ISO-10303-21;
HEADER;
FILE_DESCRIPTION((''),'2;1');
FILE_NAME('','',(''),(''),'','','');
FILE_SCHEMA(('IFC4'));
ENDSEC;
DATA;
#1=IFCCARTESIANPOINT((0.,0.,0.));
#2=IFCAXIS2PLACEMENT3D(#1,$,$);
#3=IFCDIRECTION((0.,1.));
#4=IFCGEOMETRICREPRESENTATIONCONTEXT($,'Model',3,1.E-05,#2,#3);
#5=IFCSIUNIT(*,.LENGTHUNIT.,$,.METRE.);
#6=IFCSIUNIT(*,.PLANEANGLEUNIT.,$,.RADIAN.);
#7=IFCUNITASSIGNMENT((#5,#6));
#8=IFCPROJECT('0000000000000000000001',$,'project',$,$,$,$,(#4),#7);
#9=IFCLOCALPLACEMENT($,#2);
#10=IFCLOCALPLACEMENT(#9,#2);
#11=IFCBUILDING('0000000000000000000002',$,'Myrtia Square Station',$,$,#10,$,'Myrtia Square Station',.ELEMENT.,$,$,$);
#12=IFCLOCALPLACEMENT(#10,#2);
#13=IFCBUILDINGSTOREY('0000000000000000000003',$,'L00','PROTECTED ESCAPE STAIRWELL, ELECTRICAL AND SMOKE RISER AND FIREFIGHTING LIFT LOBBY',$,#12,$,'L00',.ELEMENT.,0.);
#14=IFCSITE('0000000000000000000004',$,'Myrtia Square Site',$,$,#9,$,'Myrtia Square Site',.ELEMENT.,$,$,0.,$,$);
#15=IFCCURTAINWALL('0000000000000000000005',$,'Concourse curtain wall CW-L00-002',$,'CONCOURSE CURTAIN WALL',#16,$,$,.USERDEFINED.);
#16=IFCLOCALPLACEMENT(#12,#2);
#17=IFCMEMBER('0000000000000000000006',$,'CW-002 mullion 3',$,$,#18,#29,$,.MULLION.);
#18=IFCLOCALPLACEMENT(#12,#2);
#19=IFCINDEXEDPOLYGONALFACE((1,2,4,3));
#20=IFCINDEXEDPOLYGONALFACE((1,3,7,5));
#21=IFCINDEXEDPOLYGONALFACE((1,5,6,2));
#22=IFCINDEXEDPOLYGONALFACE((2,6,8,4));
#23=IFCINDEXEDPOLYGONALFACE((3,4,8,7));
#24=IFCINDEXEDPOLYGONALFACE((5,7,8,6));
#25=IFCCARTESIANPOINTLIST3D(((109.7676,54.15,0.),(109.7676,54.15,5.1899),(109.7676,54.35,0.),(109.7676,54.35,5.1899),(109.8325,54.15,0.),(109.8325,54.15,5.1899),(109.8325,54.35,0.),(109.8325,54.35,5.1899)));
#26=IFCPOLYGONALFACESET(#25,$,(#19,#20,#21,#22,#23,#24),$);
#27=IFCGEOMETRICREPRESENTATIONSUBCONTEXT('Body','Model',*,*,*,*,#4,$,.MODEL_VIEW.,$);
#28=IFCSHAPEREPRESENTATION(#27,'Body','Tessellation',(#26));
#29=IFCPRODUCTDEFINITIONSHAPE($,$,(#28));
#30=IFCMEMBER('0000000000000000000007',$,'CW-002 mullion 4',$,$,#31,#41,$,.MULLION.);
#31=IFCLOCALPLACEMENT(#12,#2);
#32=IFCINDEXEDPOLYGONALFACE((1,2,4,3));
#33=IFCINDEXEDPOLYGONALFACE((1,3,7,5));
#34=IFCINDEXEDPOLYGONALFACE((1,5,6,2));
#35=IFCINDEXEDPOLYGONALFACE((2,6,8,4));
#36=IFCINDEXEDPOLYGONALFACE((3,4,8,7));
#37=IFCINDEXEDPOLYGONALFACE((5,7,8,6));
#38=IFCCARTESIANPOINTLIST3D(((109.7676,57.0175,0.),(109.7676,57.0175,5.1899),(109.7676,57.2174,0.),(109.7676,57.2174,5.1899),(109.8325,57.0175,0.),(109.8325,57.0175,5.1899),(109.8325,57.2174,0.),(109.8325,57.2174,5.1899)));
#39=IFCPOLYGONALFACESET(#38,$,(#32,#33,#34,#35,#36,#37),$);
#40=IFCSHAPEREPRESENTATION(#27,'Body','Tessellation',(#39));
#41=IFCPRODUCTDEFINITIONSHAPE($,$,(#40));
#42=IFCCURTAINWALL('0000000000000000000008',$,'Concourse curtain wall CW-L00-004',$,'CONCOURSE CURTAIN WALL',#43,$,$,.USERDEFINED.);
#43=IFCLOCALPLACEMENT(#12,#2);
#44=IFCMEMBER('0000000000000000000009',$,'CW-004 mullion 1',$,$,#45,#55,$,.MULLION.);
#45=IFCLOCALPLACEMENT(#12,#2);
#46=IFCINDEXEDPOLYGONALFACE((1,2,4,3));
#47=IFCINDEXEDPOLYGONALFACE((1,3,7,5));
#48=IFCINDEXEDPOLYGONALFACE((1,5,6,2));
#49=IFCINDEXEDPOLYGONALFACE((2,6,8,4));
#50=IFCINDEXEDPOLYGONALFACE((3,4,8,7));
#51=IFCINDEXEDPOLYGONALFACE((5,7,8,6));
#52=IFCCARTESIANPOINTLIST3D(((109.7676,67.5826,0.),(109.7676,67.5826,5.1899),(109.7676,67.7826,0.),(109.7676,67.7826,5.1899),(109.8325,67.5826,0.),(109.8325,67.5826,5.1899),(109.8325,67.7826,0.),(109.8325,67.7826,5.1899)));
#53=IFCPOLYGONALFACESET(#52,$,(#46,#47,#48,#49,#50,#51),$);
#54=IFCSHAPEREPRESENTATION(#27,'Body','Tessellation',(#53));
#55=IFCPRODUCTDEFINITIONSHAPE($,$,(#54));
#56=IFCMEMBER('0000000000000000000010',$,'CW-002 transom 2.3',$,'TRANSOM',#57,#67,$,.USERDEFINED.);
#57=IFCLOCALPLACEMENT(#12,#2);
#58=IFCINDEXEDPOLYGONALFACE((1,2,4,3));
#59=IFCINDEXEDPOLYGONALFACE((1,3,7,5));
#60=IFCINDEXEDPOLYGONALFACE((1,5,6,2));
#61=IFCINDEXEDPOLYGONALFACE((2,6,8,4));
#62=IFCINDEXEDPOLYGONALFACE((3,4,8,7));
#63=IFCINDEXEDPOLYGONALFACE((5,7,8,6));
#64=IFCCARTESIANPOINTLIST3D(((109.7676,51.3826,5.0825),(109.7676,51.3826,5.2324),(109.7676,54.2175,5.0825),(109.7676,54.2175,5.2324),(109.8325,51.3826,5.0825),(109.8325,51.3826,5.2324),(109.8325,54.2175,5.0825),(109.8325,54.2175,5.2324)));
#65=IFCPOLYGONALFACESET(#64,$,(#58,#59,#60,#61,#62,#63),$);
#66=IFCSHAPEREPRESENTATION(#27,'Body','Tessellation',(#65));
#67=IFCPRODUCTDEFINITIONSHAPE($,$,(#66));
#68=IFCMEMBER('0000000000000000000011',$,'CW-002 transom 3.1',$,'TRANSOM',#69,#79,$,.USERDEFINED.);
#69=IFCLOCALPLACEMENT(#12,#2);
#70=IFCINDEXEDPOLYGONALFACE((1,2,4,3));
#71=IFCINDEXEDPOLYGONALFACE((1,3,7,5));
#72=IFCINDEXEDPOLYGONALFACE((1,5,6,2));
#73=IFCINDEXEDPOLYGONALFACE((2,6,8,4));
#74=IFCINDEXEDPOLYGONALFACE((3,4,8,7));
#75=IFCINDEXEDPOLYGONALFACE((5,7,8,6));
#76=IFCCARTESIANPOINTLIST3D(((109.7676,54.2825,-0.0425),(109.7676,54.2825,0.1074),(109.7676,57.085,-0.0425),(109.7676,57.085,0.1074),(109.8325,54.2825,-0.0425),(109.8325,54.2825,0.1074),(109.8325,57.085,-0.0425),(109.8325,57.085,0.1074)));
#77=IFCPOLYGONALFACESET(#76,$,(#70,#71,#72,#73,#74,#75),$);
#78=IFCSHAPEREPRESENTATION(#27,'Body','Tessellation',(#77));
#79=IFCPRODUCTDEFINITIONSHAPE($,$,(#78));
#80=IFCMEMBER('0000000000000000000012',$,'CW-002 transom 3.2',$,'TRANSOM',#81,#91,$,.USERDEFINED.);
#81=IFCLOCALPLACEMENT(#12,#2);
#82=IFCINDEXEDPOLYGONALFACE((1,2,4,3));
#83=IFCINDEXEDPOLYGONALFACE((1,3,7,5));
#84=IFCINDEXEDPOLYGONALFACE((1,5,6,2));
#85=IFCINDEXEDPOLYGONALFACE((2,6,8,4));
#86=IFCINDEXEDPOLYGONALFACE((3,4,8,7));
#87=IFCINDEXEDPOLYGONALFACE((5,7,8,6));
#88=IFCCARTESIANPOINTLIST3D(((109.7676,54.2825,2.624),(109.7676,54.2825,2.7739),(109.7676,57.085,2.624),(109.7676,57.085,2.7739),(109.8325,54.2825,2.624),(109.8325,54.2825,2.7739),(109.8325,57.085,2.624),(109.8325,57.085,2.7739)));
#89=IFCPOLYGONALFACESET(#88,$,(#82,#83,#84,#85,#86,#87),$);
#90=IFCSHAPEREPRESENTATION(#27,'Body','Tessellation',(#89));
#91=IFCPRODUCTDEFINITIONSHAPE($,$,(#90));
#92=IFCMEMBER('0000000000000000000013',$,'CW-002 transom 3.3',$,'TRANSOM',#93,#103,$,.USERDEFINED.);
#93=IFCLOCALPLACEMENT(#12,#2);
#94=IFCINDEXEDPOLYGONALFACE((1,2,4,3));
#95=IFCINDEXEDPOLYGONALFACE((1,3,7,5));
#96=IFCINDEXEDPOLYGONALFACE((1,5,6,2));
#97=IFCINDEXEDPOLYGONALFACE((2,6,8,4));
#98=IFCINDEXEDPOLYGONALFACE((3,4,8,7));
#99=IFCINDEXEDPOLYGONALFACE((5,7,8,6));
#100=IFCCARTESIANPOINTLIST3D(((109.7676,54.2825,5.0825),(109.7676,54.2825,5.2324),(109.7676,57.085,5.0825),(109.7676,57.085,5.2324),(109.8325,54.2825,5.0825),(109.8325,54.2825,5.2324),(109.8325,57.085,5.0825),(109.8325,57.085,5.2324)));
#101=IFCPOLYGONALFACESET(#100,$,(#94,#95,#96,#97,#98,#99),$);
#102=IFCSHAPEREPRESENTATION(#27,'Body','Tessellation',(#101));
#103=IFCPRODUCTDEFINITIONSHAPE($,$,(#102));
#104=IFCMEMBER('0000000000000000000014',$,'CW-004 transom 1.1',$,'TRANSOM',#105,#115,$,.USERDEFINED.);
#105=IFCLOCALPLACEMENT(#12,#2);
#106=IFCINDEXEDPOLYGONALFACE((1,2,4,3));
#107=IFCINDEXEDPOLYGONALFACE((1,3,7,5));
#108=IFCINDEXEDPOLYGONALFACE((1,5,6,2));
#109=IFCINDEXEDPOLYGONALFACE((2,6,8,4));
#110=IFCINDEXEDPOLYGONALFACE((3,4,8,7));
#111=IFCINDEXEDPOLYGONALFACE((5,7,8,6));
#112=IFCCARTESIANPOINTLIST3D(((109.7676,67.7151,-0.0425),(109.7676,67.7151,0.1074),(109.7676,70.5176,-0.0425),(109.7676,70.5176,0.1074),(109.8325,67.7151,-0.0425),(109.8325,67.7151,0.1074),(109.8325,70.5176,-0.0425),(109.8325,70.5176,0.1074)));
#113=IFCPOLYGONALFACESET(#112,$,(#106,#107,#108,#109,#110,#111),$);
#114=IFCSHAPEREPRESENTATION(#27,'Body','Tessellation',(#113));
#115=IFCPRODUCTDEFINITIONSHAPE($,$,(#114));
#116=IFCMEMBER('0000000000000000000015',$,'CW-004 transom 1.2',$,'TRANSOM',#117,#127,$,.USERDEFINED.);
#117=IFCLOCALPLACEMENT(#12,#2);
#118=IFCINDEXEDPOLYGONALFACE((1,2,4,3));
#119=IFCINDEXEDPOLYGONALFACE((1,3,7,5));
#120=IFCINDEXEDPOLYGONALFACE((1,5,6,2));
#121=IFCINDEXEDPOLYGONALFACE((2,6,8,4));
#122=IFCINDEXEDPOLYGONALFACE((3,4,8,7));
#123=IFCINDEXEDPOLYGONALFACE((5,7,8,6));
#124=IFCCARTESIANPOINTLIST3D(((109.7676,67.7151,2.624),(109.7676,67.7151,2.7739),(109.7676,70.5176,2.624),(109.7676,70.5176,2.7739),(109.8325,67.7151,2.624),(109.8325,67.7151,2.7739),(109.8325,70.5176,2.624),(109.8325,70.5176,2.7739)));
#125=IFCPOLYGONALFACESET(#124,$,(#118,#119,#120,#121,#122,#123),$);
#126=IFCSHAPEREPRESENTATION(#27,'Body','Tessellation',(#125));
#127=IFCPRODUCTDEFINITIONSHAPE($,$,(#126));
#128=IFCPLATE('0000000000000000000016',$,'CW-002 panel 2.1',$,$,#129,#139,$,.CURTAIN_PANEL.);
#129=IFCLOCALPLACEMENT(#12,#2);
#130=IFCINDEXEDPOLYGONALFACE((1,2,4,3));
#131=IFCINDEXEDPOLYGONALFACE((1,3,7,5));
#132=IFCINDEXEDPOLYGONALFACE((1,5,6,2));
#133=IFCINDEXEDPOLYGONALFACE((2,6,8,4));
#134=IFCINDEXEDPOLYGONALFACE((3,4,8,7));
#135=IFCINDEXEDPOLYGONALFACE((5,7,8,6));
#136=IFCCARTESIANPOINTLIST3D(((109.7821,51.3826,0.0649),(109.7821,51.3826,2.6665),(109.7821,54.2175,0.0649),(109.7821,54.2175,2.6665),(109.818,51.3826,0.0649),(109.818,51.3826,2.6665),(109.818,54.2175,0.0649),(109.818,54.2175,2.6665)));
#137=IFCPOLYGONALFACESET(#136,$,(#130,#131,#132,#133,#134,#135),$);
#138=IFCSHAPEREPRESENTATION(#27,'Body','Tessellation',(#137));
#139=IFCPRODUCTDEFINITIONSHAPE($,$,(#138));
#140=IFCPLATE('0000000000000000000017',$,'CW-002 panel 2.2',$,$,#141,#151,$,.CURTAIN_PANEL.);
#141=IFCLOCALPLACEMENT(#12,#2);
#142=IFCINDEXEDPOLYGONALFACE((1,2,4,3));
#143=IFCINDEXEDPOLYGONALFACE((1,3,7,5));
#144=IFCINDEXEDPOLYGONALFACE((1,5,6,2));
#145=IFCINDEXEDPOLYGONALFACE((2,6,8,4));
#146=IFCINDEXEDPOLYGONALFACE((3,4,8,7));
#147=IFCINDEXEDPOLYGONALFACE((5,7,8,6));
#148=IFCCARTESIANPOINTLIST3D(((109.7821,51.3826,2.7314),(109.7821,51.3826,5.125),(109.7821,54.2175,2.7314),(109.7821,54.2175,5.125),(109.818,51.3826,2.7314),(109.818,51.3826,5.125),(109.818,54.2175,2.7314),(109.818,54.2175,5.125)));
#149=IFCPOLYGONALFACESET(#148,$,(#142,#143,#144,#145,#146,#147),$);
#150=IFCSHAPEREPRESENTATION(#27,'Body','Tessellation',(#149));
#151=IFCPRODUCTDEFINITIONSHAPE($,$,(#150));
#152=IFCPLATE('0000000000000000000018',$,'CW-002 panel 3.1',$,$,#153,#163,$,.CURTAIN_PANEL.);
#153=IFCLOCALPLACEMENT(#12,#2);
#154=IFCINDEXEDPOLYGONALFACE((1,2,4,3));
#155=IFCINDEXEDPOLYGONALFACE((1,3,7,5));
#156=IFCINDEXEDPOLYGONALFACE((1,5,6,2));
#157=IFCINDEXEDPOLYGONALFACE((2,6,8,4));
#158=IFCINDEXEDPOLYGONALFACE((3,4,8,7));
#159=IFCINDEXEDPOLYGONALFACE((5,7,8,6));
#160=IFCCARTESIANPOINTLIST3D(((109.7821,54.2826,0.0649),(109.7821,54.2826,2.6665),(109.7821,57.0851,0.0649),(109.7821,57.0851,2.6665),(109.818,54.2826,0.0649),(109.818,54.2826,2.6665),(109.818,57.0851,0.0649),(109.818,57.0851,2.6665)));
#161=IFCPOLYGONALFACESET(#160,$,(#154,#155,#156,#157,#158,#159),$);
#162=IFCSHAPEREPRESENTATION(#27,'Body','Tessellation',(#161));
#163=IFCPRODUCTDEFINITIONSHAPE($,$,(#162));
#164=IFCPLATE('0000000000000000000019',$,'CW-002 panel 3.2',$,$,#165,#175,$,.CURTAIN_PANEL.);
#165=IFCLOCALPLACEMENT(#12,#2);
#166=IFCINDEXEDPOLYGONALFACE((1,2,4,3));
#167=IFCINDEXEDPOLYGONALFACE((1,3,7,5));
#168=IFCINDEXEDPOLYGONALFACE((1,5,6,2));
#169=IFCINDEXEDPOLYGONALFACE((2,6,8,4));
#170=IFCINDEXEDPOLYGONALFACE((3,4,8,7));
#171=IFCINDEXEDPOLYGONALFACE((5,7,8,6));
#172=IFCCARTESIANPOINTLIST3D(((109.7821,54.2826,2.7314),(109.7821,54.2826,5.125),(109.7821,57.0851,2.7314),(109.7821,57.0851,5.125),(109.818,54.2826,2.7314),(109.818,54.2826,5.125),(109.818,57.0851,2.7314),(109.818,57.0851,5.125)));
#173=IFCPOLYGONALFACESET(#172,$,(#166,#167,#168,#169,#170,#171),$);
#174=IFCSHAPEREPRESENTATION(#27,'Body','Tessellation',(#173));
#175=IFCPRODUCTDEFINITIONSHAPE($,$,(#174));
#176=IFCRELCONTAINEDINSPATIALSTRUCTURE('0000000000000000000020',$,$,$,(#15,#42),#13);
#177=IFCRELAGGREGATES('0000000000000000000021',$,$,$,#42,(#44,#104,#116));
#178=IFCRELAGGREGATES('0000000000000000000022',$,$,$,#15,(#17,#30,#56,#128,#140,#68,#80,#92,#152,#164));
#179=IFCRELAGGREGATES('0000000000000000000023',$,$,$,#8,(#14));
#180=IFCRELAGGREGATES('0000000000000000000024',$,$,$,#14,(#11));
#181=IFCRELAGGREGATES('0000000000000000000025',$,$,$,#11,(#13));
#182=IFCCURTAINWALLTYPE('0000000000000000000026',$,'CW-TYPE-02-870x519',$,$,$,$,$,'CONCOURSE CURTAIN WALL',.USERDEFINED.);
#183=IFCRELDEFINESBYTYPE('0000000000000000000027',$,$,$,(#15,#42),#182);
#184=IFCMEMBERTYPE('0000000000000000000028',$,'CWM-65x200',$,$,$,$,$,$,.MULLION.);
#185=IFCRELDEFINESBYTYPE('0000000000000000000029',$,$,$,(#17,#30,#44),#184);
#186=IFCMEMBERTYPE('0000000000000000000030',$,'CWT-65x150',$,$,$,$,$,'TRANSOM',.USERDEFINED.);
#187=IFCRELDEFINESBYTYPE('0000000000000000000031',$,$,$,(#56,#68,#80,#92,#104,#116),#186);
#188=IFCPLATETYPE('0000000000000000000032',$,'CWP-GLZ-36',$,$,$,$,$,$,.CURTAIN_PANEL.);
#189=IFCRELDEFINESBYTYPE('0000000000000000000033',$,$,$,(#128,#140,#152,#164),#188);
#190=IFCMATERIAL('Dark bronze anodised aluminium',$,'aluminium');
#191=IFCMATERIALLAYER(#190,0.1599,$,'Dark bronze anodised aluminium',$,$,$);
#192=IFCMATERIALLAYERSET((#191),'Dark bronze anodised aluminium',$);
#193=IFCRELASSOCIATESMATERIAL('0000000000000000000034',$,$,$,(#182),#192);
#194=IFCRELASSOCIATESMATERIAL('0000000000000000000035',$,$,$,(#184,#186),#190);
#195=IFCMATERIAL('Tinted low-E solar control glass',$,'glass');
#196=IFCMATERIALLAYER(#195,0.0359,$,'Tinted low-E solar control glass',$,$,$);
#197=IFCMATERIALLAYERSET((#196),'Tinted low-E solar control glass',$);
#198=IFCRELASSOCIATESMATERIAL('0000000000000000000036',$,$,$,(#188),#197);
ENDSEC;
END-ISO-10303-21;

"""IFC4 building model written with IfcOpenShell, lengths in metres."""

from ifc_helpers import new_model, si_unit, direction, frame, origin, origin_2d, place, context, subcontext, project, spatial, rectangle, extrude, material, layer, layer_set, material_profile, profile_set, type_object, element, aggregate, save


model = new_model("IFC4")

# Units and contexts
model_context = context("Model", 3, precision=1e-05, world=origin(), true_north=direction((0.0, 1.0)))
body_context = subcontext(model_context, "Body", "Model", "MODEL_VIEW")
ifc_project = project(units=[si_unit("LENGTHUNIT", "METRE"), si_unit("PLANEANGLEUNIT", "RADIAN")], contexts=[model_context])

# Site, building, storey
site_placement = place(None, origin())
site = spatial("IfcSite", under=ifc_project, at=site_placement, Name="Myrtia Square Site", LongName="Myrtia Square Site", CompositionType="ELEMENT", RefElevation=0.0)
building_placement = place(site_placement, origin())
building = spatial("IfcBuilding", under=site, at=building_placement, Name="Myrtia Square Station", LongName="Myrtia Square Station", CompositionType="ELEMENT")
storey_placement = place(building_placement, origin())
storey = spatial("IfcBuildingStorey", under=building, at=storey_placement, Name="L00", Description="PROTECTED ESCAPE STAIRWELL, ELECTRICAL AND SMOKE RISER AND FIREFIGHTING LIFT LOBBY", LongName="L00", CompositionType="ELEMENT", Elevation=0.0)

# Curtain wall, members
ifc_material_1 = material(Name="Dark bronze anodised aluminium", Category="aluminium")
ifc_layer_1 = layer(ifc_material_1, 0.1599, Name="Dark bronze anodised aluminium")
ifc_layer_set_1 = layer_set([ifc_layer_1], Name="Dark bronze anodised aluminium")
curtain_wall_type = type_object("IfcCurtainWallType", Name="CW-TYPE-02-870x519", ElementType="CONCOURSE CURTAIN WALL", PredefinedType="USERDEFINED", material=ifc_layer_set_1)
curtain_wall_1_placement = place(storey_placement, origin())
curtain_wall_1 = element("IfcCurtainWall", 1, at=curtain_wall_1_placement, inside=storey, type_object=curtain_wall_type, Name="Concourse curtain wall CW-L00-002", ObjectType="CONCOURSE CURTAIN WALL", PredefinedType="USERDEFINED")
ifc_material_profile_1 = material_profile(ifc_material_1, rectangle(XDim=0.0649, YDim=0.2, at=origin_2d()), Name="ALU-M 65x200")
ifc_profile_set_1 = profile_set([ifc_material_profile_1], Name="Dark bronze anodised aluminium")
member_type_1 = type_object("IfcMemberType", Name="CWM-65x200", PredefinedType="MULLION", material=ifc_profile_set_1)
member_1_placement = place(storey_placement, frame((109.8, 54.25, 0.0), z_axis=(0.0, 0.0, 1.0), x_axis=(-1.0, 0.0, 0.0)))
member_1 = element("IfcMember", 2, at=member_1_placement, type_object=member_type_1, Name="CW-002 mullion 3", PredefinedType="MULLION", context=body_context, shape_type="SweptSolid", body=[
    extrude(rectangle(XDim=0.0649, YDim=0.2, at=origin_2d()), origin(), (0.0, 0.0, 1.0), 5.1899),
])
member_2_placement = place(storey_placement, frame((109.8, 57.1174, 0.0), z_axis=(0.0, 0.0, 1.0), x_axis=(-1.0, 0.0, 0.0)))
member_2 = element("IfcMember", 3, at=member_2_placement, type_object=member_type_1, Name="CW-002 mullion 4", PredefinedType="MULLION", context=body_context, shape_type="SweptSolid", body=[
    extrude(rectangle(XDim=0.0649, YDim=0.2, at=origin_2d()), origin(), (0.0, 0.0, 1.0), 5.1899),
])

# Curtain wall, member
curtain_wall_2_placement = place(storey_placement, origin())
curtain_wall_2 = element("IfcCurtainWall", 4, at=curtain_wall_2_placement, inside=storey, type_object=curtain_wall_type, Name="Concourse curtain wall CW-L00-004", ObjectType="CONCOURSE CURTAIN WALL", PredefinedType="USERDEFINED")
member_3_placement = place(storey_placement, frame((109.8, 67.6826, 0.0), z_axis=(0.0, 0.0, 1.0), x_axis=(-1.0, 0.0, 0.0)))
member_3 = element("IfcMember", 5, at=member_3_placement, type_object=member_type_1, Name="CW-004 mullion 1", PredefinedType="MULLION", context=body_context, shape_type="SweptSolid", body=[
    extrude(rectangle(XDim=0.0649, YDim=0.2, at=origin_2d()), origin(), (0.0, 0.0, 1.0), 5.1899),
])

# Members
ifc_material_profile_2 = material_profile(ifc_material_1, rectangle(XDim=0.0649, YDim=0.1499, at=origin_2d()), Name="ALU-T 65x150")
ifc_profile_set_2 = profile_set([ifc_material_profile_2], Name="Dark bronze anodised aluminium")
member_type_2 = type_object("IfcMemberType", Name="CWT-65x150", ElementType="TRANSOM", PredefinedType="USERDEFINED", material=ifc_profile_set_2)
member_4_placement = place(storey_placement, frame((109.8, 51.3826, 5.1575), z_axis=(0.0, 1.0, 0.0), x_axis=(-1.0, 0.0, 0.0)))
member_4 = element("IfcMember", 6, at=member_4_placement, type_object=member_type_2, Name="CW-002 transom 2.3", ObjectType="TRANSOM", PredefinedType="USERDEFINED", context=body_context, shape_type="SweptSolid", body=[
    extrude(rectangle(XDim=0.0649, YDim=0.1499, at=origin_2d()), origin(), (0.0, 0.0, 1.0), 2.835),
])
member_5_placement = place(storey_placement, frame((109.8, 54.2825, 0.0325), z_axis=(0.0, 1.0, 0.0), x_axis=(-1.0, 0.0, 0.0)))
member_5 = element("IfcMember", 7, at=member_5_placement, type_object=member_type_2, Name="CW-002 transom 3.1", ObjectType="TRANSOM", PredefinedType="USERDEFINED", context=body_context, shape_type="SweptSolid", body=[
    extrude(rectangle(XDim=0.0649, YDim=0.1499, at=origin_2d()), origin(), (0.0, 0.0, 1.0), 2.8025),
])
member_6_placement = place(storey_placement, frame((109.8, 54.2825, 2.699), z_axis=(0.0, 1.0, 0.0), x_axis=(-1.0, 0.0, 0.0)))
member_6 = element("IfcMember", 8, at=member_6_placement, type_object=member_type_2, Name="CW-002 transom 3.2", ObjectType="TRANSOM", PredefinedType="USERDEFINED", context=body_context, shape_type="SweptSolid", body=[
    extrude(rectangle(XDim=0.0649, YDim=0.1499, at=origin_2d()), origin(), (0.0, 0.0, 1.0), 2.8025),
])
member_7_placement = place(storey_placement, frame((109.8, 54.2825, 5.1575), z_axis=(0.0, 1.0, 0.0), x_axis=(-1.0, 0.0, 0.0)))
member_7 = element("IfcMember", 9, at=member_7_placement, type_object=member_type_2, Name="CW-002 transom 3.3", ObjectType="TRANSOM", PredefinedType="USERDEFINED", context=body_context, shape_type="SweptSolid", body=[
    extrude(rectangle(XDim=0.0649, YDim=0.1499, at=origin_2d()), origin(), (0.0, 0.0, 1.0), 2.8025),
])
member_8_placement = place(storey_placement, frame((109.8, 67.7151, 0.0325), z_axis=(0.0, 1.0, 0.0), x_axis=(-1.0, 0.0, 0.0)))
member_8 = element("IfcMember", 10, at=member_8_placement, type_object=member_type_2, Name="CW-004 transom 1.1", ObjectType="TRANSOM", PredefinedType="USERDEFINED", context=body_context, shape_type="SweptSolid", body=[
    extrude(rectangle(XDim=0.0649, YDim=0.1499, at=origin_2d()), origin(), (0.0, 0.0, 1.0), 2.8025),
])
member_9_placement = place(storey_placement, frame((109.8, 67.7151, 2.699), z_axis=(0.0, 1.0, 0.0), x_axis=(-1.0, 0.0, 0.0)))
member_9 = element("IfcMember", 11, at=member_9_placement, type_object=member_type_2, Name="CW-004 transom 1.2", ObjectType="TRANSOM", PredefinedType="USERDEFINED", context=body_context, shape_type="SweptSolid", body=[
    extrude(rectangle(XDim=0.0649, YDim=0.1499, at=origin_2d()), origin(), (0.0, 0.0, 1.0), 2.8025),
])
aggregate(curtain_wall_2, [member_3, member_8, member_9])

# Plates
ifc_material_2 = material(Name="Tinted low-E solar control glass", Category="glass")
ifc_layer_2 = layer(ifc_material_2, 0.0359, Name="Tinted low-E solar control glass")
ifc_layer_set_2 = layer_set([ifc_layer_2], Name="Tinted low-E solar control glass")
plate_type = type_object("IfcPlateType", Name="CWP-GLZ-36", PredefinedType="CURTAIN_PANEL", material=ifc_layer_set_2)
plate_1_placement = place(storey_placement, frame((109.8, 52.8, 0.0649), z_axis=(0.0, 0.0, 1.0), x_axis=(0.0, 1.0, 0.0)))
plate_1 = element("IfcPlate", 12, at=plate_1_placement, type_object=plate_type, Name="CW-002 panel 2.1", PredefinedType="CURTAIN_PANEL", context=body_context, shape_type="SweptSolid", body=[
    extrude(rectangle(XDim=2.835, YDim=0.0359, at=origin_2d()), origin(), (0.0, 0.0, 1.0), 2.6016),
])
plate_2_placement = place(storey_placement, frame((109.8, 52.8, 2.7314), z_axis=(0.0, 0.0, 1.0), x_axis=(0.0, 1.0, 0.0)))
plate_2 = element("IfcPlate", 13, at=plate_2_placement, type_object=plate_type, Name="CW-002 panel 2.2", PredefinedType="CURTAIN_PANEL", context=body_context, shape_type="SweptSolid", body=[
    extrude(rectangle(XDim=2.835, YDim=0.0359, at=origin_2d()), origin(), (0.0, 0.0, 1.0), 2.3936),
])
plate_3_placement = place(storey_placement, frame((109.8, 55.6838, 0.0649), z_axis=(0.0, 0.0, 1.0), x_axis=(0.0, 1.0, 0.0)))
plate_3 = element("IfcPlate", 14, at=plate_3_placement, type_object=plate_type, Name="CW-002 panel 3.1", PredefinedType="CURTAIN_PANEL", context=body_context, shape_type="SweptSolid", body=[
    extrude(rectangle(XDim=2.8025, YDim=0.0359, at=origin_2d()), origin(), (0.0, 0.0, 1.0), 2.6016),
])
plate_4_placement = place(storey_placement, frame((109.8, 55.6838, 2.7314), z_axis=(0.0, 0.0, 1.0), x_axis=(0.0, 1.0, 0.0)))
plate_4 = element("IfcPlate", 15, at=plate_4_placement, type_object=plate_type, Name="CW-002 panel 3.2", PredefinedType="CURTAIN_PANEL", context=body_context, shape_type="SweptSolid", body=[
    extrude(rectangle(XDim=2.8025, YDim=0.0359, at=origin_2d()), origin(), (0.0, 0.0, 1.0), 2.3936),
])
aggregate(curtain_wall_1, [member_1, member_2, member_4, plate_1, plate_2, member_5, member_6, member_7, plate_3, plate_4])

save(model, "model.ifc")
